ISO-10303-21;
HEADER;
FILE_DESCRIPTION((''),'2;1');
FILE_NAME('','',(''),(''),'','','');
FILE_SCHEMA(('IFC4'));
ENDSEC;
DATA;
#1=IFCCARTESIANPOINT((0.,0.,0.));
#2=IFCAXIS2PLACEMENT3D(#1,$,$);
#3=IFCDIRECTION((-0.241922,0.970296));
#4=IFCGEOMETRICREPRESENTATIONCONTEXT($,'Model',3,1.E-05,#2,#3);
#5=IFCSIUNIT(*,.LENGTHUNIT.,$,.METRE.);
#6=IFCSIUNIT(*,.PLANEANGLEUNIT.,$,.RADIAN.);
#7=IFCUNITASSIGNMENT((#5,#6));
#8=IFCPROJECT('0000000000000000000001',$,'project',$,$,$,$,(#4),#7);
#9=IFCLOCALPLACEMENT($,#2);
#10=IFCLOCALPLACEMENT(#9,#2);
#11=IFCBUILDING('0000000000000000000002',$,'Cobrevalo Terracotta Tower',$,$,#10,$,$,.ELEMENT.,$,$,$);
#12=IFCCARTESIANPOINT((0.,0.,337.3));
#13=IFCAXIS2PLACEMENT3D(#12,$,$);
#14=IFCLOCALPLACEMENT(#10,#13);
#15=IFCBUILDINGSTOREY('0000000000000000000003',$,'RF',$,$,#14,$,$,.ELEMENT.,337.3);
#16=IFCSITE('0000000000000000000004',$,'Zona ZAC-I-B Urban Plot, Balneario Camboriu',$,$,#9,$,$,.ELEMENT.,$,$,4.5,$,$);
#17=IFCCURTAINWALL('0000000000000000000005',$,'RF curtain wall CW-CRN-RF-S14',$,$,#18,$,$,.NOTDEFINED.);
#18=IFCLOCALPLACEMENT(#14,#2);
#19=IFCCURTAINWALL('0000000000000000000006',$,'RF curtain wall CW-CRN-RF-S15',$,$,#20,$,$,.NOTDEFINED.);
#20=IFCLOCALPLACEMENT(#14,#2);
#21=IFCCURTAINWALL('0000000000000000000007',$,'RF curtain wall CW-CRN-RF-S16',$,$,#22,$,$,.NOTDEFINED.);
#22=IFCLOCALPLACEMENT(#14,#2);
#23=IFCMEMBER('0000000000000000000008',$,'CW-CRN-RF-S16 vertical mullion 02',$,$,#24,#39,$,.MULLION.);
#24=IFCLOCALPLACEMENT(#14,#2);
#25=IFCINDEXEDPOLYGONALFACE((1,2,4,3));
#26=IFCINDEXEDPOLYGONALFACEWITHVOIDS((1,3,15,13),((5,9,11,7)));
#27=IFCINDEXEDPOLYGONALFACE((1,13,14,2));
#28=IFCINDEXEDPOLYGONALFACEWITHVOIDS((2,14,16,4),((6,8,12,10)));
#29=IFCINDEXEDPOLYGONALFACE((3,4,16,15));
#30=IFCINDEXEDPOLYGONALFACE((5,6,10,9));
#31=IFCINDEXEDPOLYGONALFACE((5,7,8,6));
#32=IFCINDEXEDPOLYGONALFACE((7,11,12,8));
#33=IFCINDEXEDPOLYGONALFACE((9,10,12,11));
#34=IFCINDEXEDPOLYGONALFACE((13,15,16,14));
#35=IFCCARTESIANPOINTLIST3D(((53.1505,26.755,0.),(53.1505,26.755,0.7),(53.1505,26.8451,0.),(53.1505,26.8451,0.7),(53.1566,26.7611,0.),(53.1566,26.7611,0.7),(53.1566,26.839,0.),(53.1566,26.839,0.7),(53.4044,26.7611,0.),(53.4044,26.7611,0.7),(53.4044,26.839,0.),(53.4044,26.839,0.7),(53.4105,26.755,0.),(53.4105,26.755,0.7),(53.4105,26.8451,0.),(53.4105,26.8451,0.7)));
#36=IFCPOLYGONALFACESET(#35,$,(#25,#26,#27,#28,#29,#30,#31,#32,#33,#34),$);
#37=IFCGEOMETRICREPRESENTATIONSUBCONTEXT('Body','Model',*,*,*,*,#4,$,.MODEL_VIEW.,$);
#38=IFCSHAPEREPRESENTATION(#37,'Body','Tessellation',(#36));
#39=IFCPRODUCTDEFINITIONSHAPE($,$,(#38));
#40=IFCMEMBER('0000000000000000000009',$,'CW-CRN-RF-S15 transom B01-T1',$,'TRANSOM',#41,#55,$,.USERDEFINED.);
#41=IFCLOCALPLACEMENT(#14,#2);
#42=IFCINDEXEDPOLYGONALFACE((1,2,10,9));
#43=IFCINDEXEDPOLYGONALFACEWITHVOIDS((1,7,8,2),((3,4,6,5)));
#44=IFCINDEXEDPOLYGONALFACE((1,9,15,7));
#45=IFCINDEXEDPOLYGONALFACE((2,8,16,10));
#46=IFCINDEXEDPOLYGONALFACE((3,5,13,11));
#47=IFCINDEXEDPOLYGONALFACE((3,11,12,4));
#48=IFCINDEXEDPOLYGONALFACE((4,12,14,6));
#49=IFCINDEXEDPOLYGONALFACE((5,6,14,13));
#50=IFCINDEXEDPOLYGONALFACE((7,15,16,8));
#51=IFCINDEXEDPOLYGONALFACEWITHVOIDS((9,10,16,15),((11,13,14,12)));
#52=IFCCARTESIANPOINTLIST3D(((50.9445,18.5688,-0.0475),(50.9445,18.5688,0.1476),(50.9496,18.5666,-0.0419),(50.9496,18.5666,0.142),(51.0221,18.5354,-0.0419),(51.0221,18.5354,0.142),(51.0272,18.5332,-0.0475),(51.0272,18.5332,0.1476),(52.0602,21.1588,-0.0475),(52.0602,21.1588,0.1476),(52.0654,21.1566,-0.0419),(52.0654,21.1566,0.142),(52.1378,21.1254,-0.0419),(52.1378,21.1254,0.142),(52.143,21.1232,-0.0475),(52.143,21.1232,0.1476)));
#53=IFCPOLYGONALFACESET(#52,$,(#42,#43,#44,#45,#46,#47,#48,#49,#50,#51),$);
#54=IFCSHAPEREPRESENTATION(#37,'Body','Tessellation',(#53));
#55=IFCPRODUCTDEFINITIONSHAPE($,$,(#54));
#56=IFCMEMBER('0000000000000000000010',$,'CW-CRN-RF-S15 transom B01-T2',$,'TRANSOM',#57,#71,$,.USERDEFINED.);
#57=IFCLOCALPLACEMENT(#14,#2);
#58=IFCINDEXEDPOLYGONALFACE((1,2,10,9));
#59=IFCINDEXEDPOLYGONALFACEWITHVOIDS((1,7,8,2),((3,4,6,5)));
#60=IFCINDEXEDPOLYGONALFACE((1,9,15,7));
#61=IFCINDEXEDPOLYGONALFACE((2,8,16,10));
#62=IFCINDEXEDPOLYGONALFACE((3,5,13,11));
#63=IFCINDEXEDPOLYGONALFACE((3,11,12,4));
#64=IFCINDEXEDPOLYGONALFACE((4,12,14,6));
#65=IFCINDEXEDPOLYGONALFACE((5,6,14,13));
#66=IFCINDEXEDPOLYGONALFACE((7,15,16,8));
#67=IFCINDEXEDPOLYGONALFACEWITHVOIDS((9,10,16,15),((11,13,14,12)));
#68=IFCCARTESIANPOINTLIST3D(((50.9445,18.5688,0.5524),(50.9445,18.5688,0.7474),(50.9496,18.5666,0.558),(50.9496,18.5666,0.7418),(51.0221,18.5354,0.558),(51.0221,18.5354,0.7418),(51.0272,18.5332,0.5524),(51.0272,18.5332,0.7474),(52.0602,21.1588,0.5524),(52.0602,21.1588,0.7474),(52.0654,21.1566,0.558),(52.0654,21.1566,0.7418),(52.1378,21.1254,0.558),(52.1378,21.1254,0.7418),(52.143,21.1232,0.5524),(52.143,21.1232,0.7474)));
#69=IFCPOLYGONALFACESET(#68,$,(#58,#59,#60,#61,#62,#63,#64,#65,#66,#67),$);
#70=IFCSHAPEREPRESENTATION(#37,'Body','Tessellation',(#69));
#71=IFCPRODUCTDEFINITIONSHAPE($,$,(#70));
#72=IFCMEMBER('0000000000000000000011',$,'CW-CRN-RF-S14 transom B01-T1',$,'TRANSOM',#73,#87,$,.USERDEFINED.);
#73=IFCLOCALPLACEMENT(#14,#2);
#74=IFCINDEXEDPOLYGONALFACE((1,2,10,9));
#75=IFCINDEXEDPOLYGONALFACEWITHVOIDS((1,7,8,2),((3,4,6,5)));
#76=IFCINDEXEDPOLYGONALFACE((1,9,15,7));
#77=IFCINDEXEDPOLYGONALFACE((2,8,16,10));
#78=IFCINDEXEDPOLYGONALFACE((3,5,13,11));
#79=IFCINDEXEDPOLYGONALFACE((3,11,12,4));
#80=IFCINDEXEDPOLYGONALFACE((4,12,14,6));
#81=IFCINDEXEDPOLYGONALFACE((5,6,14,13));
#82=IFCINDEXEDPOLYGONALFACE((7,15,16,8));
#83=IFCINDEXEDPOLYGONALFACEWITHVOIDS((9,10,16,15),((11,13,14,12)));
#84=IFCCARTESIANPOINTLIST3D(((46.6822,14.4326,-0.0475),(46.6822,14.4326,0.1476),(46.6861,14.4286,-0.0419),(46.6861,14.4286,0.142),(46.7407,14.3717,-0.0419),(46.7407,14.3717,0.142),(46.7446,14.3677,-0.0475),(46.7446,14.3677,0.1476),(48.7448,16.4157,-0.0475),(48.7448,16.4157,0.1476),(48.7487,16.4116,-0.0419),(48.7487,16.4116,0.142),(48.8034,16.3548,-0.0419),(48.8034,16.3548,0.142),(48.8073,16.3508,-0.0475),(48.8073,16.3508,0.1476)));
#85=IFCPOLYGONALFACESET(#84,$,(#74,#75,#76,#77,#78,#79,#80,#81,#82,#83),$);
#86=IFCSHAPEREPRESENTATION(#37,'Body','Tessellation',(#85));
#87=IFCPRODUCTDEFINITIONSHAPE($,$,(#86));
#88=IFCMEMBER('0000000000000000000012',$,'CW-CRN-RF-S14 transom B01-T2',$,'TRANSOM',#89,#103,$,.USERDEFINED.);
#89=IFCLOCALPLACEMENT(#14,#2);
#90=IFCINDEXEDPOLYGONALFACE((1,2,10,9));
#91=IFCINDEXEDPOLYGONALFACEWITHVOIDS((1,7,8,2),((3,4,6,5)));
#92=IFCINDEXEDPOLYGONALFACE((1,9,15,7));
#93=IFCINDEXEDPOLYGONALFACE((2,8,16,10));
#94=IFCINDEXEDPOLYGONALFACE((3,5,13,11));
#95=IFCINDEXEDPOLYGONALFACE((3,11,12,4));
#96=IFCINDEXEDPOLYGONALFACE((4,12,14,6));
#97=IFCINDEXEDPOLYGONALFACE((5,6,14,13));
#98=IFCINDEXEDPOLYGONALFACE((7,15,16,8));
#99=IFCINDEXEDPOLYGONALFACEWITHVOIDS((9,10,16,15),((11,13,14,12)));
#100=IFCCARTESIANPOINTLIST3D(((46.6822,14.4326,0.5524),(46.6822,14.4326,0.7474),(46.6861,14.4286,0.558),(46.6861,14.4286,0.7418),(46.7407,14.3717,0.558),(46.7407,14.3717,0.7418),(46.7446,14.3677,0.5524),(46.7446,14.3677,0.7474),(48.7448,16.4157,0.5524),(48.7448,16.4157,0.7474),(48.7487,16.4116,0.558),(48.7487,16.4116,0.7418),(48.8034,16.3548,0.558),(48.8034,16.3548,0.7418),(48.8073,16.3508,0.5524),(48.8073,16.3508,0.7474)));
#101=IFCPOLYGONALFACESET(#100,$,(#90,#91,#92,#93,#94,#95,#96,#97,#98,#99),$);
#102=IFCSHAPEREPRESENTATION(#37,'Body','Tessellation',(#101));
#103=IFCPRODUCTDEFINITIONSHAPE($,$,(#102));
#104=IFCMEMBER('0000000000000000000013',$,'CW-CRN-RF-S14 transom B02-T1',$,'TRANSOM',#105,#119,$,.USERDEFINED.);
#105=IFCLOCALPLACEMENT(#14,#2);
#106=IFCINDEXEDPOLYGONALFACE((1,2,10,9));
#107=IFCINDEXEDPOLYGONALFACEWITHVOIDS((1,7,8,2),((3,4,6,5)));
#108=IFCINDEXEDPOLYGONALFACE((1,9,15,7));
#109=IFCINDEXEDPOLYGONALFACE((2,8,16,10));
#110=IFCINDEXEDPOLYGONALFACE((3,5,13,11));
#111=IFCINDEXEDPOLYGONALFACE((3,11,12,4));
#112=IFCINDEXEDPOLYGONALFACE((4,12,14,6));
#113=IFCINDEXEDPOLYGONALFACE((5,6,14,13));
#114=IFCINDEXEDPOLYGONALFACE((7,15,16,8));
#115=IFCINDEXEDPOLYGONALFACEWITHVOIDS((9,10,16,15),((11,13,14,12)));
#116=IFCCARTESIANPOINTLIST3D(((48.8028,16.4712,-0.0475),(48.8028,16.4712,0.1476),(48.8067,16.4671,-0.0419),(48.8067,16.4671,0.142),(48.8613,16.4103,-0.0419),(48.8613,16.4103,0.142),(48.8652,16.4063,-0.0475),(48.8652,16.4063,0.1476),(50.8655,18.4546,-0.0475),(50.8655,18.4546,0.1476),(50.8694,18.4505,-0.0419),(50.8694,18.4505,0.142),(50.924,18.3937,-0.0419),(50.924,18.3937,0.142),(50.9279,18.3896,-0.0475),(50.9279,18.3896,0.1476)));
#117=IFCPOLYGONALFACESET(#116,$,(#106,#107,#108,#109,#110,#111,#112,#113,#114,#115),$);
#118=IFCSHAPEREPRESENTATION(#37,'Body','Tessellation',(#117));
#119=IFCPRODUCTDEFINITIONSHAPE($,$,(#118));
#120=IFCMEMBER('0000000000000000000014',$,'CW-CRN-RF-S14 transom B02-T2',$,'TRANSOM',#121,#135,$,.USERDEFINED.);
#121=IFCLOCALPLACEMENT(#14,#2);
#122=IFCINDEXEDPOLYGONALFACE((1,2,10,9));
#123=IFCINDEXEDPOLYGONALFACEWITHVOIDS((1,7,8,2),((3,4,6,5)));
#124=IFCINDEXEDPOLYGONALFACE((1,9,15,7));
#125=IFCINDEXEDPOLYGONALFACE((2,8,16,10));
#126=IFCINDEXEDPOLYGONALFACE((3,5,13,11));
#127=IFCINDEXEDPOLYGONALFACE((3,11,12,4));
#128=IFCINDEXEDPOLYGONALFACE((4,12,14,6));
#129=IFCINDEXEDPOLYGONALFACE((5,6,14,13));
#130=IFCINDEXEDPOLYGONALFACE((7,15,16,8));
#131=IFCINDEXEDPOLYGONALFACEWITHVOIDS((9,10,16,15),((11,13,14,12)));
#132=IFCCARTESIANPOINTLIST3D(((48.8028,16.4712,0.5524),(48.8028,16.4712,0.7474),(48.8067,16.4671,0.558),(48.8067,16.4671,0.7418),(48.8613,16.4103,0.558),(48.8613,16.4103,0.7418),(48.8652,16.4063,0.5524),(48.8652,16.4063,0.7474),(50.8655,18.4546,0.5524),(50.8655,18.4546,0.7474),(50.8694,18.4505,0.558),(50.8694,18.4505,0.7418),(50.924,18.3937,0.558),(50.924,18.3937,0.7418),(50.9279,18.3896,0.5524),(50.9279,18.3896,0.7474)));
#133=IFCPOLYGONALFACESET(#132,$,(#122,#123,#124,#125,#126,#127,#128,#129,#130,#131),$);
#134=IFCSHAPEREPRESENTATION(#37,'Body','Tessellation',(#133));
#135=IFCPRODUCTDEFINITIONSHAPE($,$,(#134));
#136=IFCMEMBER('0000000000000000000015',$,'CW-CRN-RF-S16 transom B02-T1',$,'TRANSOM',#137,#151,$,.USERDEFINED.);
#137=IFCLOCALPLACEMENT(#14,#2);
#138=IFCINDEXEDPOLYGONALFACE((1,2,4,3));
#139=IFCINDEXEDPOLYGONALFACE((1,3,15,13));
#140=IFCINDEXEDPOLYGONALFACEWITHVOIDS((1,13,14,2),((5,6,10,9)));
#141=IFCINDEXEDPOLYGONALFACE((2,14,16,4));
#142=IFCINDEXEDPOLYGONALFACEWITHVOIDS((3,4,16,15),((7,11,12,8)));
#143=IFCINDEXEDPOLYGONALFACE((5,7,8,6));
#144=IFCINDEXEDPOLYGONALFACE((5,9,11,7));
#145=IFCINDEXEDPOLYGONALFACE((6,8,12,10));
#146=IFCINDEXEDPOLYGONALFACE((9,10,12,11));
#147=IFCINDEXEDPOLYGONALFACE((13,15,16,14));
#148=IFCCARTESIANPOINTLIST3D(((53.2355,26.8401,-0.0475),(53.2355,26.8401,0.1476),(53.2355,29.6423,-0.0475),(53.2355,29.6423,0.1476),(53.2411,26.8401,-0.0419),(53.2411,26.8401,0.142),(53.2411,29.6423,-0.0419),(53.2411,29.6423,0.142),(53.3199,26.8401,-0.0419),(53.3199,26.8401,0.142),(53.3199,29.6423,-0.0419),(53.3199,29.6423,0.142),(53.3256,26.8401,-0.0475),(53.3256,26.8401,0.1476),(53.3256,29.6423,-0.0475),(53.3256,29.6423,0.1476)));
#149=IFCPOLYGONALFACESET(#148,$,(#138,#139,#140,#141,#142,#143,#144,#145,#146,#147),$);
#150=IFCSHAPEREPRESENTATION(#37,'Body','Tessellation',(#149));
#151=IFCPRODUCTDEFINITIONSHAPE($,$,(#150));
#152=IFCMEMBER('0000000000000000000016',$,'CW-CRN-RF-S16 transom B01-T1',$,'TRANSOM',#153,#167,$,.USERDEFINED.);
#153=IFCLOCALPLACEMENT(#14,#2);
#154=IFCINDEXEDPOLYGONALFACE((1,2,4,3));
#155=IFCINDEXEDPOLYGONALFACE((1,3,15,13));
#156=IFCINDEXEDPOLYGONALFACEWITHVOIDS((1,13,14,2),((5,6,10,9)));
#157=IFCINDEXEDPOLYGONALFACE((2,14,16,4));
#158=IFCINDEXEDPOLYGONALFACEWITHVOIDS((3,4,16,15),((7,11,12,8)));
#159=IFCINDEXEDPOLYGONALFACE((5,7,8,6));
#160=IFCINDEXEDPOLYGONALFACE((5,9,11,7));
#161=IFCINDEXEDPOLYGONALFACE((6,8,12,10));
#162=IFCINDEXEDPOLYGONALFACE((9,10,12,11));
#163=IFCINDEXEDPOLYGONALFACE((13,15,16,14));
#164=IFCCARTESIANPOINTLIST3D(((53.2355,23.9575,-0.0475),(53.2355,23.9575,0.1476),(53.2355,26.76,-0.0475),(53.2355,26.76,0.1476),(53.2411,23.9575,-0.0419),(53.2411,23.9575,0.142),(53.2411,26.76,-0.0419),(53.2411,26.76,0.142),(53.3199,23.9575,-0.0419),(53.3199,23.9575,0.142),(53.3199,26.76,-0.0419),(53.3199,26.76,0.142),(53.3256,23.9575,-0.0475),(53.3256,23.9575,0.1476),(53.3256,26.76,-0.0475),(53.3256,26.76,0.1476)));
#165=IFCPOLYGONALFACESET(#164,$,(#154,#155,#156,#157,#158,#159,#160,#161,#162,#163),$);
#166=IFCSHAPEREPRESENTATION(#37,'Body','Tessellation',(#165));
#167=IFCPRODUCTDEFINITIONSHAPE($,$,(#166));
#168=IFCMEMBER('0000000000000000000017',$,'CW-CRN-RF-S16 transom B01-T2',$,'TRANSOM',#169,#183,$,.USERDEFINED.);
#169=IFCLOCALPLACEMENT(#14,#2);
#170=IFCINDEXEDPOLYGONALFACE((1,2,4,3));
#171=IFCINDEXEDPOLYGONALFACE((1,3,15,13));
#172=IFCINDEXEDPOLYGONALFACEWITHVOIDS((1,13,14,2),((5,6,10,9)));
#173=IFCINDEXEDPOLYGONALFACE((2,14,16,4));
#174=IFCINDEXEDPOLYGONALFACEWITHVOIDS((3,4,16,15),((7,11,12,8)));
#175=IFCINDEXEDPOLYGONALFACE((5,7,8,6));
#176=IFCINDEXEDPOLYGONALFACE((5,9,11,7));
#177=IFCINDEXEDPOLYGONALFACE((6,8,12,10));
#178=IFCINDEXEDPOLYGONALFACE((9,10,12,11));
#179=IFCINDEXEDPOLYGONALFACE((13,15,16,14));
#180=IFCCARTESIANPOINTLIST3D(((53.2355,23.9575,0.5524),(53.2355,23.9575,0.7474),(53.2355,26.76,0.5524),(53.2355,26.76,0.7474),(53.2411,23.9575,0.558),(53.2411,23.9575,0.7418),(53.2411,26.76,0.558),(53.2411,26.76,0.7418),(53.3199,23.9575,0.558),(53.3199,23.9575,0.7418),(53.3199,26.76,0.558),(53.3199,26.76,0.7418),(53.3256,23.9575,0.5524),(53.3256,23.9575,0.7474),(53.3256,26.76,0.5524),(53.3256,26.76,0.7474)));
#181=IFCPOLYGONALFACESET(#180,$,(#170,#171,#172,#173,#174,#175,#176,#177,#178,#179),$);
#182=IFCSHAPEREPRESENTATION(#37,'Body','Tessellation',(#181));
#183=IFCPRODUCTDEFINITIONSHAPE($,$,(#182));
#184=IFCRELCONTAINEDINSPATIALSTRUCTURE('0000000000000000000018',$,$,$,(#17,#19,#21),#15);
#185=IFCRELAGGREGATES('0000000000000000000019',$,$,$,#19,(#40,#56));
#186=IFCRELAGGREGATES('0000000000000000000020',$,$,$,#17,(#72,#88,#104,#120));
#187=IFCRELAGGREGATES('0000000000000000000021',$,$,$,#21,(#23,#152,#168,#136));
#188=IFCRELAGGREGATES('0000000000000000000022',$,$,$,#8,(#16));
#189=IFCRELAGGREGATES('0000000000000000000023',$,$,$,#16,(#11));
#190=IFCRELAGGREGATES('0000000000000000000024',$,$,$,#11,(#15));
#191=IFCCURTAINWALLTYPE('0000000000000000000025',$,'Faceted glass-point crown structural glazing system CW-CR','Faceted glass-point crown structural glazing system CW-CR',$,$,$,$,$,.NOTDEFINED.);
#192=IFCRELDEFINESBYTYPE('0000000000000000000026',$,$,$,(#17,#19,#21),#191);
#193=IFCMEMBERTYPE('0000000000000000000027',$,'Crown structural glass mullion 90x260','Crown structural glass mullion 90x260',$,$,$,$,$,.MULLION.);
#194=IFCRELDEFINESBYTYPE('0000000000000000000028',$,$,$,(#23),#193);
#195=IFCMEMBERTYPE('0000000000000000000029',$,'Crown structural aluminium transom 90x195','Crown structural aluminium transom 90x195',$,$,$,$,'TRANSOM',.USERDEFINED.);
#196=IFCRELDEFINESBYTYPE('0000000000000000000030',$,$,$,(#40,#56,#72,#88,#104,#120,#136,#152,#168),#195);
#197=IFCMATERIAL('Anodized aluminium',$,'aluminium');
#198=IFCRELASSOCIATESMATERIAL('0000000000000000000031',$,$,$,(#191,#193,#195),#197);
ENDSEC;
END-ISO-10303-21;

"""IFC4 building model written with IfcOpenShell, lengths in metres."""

from ifc_helpers import new_model, si_unit, direction, frame, origin, origin_2d, place, context, subcontext, project, spatial, hollow_rectangle, extrude, source, transform, mapped, material, material_profile, profile_set, type_object, element, aggregate, save


model = new_model("IFC4")

# Units and contexts
model_context = context("Model", 3, precision=1e-05, world=origin(), true_north=direction((-0.241922, 0.970296)))
body_context = subcontext(model_context, "Body", "Model", "MODEL_VIEW")
ifc_project = project(units=[si_unit("LENGTHUNIT", "METRE"), si_unit("PLANEANGLEUNIT", "RADIAN")], contexts=[model_context])

# Site, building, storey
site_placement = place(None, origin())
site = spatial("IfcSite", under=ifc_project, at=site_placement, Name="Zona ZAC-I-B Urban Plot, Balneario Camboriu", CompositionType="ELEMENT", RefElevation=4.5)
building_placement = place(site_placement, origin())
building = spatial("IfcBuilding", under=site, at=building_placement, Name="Cobrevalo Terracotta Tower", CompositionType="ELEMENT")
storey_placement = place(building_placement, frame((0.0, 0.0, 337.3)))
storey = spatial("IfcBuildingStorey", under=building, at=storey_placement, Name="RF", CompositionType="ELEMENT", Elevation=337.3)

# Curtain walls, member
ifc_material_1 = material(Name="Anodized aluminium", Category="aluminium")
curtain_wall_type = type_object("IfcCurtainWallType", Name="Faceted glass-point crown structural glazing system CW-CR", Description="Faceted glass-point crown structural glazing system CW-CR", PredefinedType="NOTDEFINED", material=ifc_material_1)
curtain_wall_1_placement = place(storey_placement, origin())
curtain_wall_1 = element("IfcCurtainWall", 1, at=curtain_wall_1_placement, inside=storey, type_object=curtain_wall_type, Name="RF curtain wall CW-CRN-RF-S14", PredefinedType="NOTDEFINED")
ifc_material_profile_1 = material_profile(ifc_material_1, hollow_rectangle(XDim=0.0901, YDim=0.26, WallThickness=0.0061, at=origin_2d()), Name="CWM 90x260")
ifc_profile_set_1 = profile_set([ifc_material_profile_1], Name="Anodized aluminium")
member_type_1 = type_object("IfcMemberType", Name="Crown structural glass mullion 90x260", Description="Crown structural glass mullion 90x260", PredefinedType="MULLION", material=ifc_profile_set_1)
shared_shape_1 = source(origin(), body_context, "Body", "SweptSolid", [
    extrude(hollow_rectangle(XDim=0.0901, YDim=0.26, WallThickness=0.0061, at=origin_2d()), origin(), (0.0, 0.0, 1.0), 0.7),
])
curtain_wall_2_placement = place(storey_placement, origin())
curtain_wall_2 = element("IfcCurtainWall", 2, at=curtain_wall_2_placement, inside=storey, type_object=curtain_wall_type, Name="RF curtain wall CW-CRN-RF-S15", PredefinedType="NOTDEFINED")
curtain_wall_3_placement = place(storey_placement, origin())
curtain_wall_3 = element("IfcCurtainWall", 3, at=curtain_wall_3_placement, inside=storey, type_object=curtain_wall_type, Name="RF curtain wall CW-CRN-RF-S16", PredefinedType="NOTDEFINED")
member_1_placement = place(storey_placement, frame((53.2805, 26.8, 0.0), z_axis=(0.0, 0.0, 1.0), x_axis=(0.0, 1.0, 0.0)))
member_1 = element("IfcMember", 4, at=member_1_placement, type_object=member_type_1, Name="CW-CRN-RF-S16 vertical mullion 02", PredefinedType="MULLION", context=body_context, shape_type="MappedRepresentation", body=[
    mapped(shared_shape_1, transform((0.0, 0.0, 0.0), scale=1.0)),
])

# Members
ifc_material_profile_2 = material_profile(ifc_material_1, hollow_rectangle(XDim=0.0901, YDim=0.1951, WallThickness=0.0056, at=origin_2d()), Name="CWT 90x195")
ifc_profile_set_2 = profile_set([ifc_material_profile_2], Name="Anodized aluminium")
member_type_2 = type_object("IfcMemberType", Name="Crown structural aluminium transom 90x195", Description="Crown structural aluminium transom 90x195", ElementType="TRANSOM", PredefinedType="USERDEFINED", material=ifc_profile_set_2)
shared_shape_2 = source(origin(), body_context, "Body", "SweptSolid", [
    extrude(hollow_rectangle(XDim=0.0901, YDim=0.1951, WallThickness=0.0056, at=origin_2d()), origin(), (0.0, 0.0, 1.0), 2.8201),
])
member_2_placement = place(storey_placement, frame((50.9858, 18.551, 0.05), z_axis=(0.395653, 0.9184, 0.0), x_axis=(-0.9184, 0.395653, 0.0)))
member_2 = element("IfcMember", 5, at=member_2_placement, type_object=member_type_2, Name="CW-CRN-RF-S15 transom B01-T1", ObjectType="TRANSOM", PredefinedType="USERDEFINED", context=body_context, shape_type="MappedRepresentation", body=[
    mapped(shared_shape_2, transform((0.0, 0.0, 0.0), scale=1.0)),
])
member_3_placement = place(storey_placement, frame((50.9858, 18.551, 0.6499), z_axis=(0.395653, 0.9184, 0.0), x_axis=(-0.9184, 0.395653, 0.0)))
member_3 = element("IfcMember", 6, at=member_3_placement, type_object=member_type_2, Name="CW-CRN-RF-S15 transom B01-T2", ObjectType="TRANSOM", PredefinedType="USERDEFINED", context=body_context, shape_type="MappedRepresentation", body=[
    mapped(shared_shape_2, transform((0.0, 0.0, 0.0), scale=1.0)),
])
shared_shape_3 = source(origin(), body_context, "Body", "SweptSolid", [
    extrude(hollow_rectangle(XDim=0.0901, YDim=0.1951, WallThickness=0.0056, at=origin_2d()), origin(), (0.0, 0.0, 1.0), 2.8613),
])
member_4_placement = place(storey_placement, frame((46.7134, 14.4001, 0.05), z_axis=(0.720877, 0.693063, 0.0), x_axis=(-0.693063, 0.720877, 0.0)))
member_4 = element("IfcMember", 7, at=member_4_placement, type_object=member_type_2, Name="CW-CRN-RF-S14 transom B01-T1", ObjectType="TRANSOM", PredefinedType="USERDEFINED", context=body_context, shape_type="MappedRepresentation", body=[
    mapped(shared_shape_3, transform((0.0, 0.0, 0.0), scale=1.0)),
])
member_5_placement = place(storey_placement, frame((46.7134, 14.4001, 0.6499), z_axis=(0.720877, 0.693063, 0.0), x_axis=(-0.693063, 0.720877, 0.0)))
member_5 = element("IfcMember", 8, at=member_5_placement, type_object=member_type_2, Name="CW-CRN-RF-S14 transom B01-T2", ObjectType="TRANSOM", PredefinedType="USERDEFINED", context=body_context, shape_type="MappedRepresentation", body=[
    mapped(shared_shape_3, transform((0.0, 0.0, 0.0), scale=1.0)),
])
shared_shape_4 = source(origin(), body_context, "Body", "SweptSolid", [
    extrude(hollow_rectangle(XDim=0.0901, YDim=0.1951, WallThickness=0.0056, at=origin_2d()), origin(), (0.0, 0.0, 1.0), 2.8616),
])
member_6_placement = place(storey_placement, frame((48.834, 16.4387, 0.05), z_axis=(0.720835, 0.693107, 0.0), x_axis=(-0.693107, 0.720835, 0.0)))
member_6 = element("IfcMember", 9, at=member_6_placement, type_object=member_type_2, Name="CW-CRN-RF-S14 transom B02-T1", ObjectType="TRANSOM", PredefinedType="USERDEFINED", context=body_context, shape_type="MappedRepresentation", body=[
    mapped(shared_shape_4, transform((0.0, 0.0, 0.0), scale=1.0)),
])
member_7_placement = place(storey_placement, frame((48.834, 16.4387, 0.6499), z_axis=(0.720835, 0.693107, 0.0), x_axis=(-0.693107, 0.720835, 0.0)))
member_7 = element("IfcMember", 10, at=member_7_placement, type_object=member_type_2, Name="CW-CRN-RF-S14 transom B02-T2", ObjectType="TRANSOM", PredefinedType="USERDEFINED", context=body_context, shape_type="MappedRepresentation", body=[
    mapped(shared_shape_4, transform((0.0, 0.0, 0.0), scale=1.0)),
])
shared_shape_5 = source(origin(), body_context, "Body", "SweptSolid", [
    extrude(hollow_rectangle(XDim=0.0901, YDim=0.1951, WallThickness=0.0056, at=origin_2d()), origin(), (0.0, 0.0, 1.0), 2.8022),
])
member_8_placement = place(storey_placement, frame((53.2805, 26.8401, 0.05), z_axis=(0.0, 1.0, 0.0), x_axis=(-1.0, 0.0, 0.0)))
member_8 = element("IfcMember", 11, at=member_8_placement, type_object=member_type_2, Name="CW-CRN-RF-S16 transom B02-T1", ObjectType="TRANSOM", PredefinedType="USERDEFINED", context=body_context, shape_type="MappedRepresentation", body=[
    mapped(shared_shape_5, transform((0.0, 0.0, 0.0), scale=1.0)),
])
shared_shape_6 = source(origin(), body_context, "Body", "SweptSolid", [
    extrude(hollow_rectangle(XDim=0.0901, YDim=0.1951, WallThickness=0.0056, at=origin_2d()), origin(), (0.0, 0.0, 1.0), 2.8025),
])
member_9_placement = place(storey_placement, frame((53.2805, 23.9575, 0.05), z_axis=(0.0, 1.0, 0.0), x_axis=(-1.0, 0.0, 0.0)))
member_9 = element("IfcMember", 12, at=member_9_placement, type_object=member_type_2, Name="CW-CRN-RF-S16 transom B01-T1", ObjectType="TRANSOM", PredefinedType="USERDEFINED", context=body_context, shape_type="MappedRepresentation", body=[
    mapped(shared_shape_6, transform((0.0, 0.0, 0.0), scale=1.0)),
])
member_10_placement = place(storey_placement, frame((53.2805, 23.9575, 0.6499), z_axis=(0.0, 1.0, 0.0), x_axis=(-1.0, 0.0, 0.0)))
member_10 = element("IfcMember", 13, at=member_10_placement, type_object=member_type_2, Name="CW-CRN-RF-S16 transom B01-T2", ObjectType="TRANSOM", PredefinedType="USERDEFINED", context=body_context, shape_type="MappedRepresentation", body=[
    mapped(shared_shape_6, transform((0.0, 0.0, 0.0), scale=1.0)),
])

aggregate(curtain_wall_2, [member_2, member_3])
aggregate(curtain_wall_1, [member_4, member_5, member_6, member_7])
aggregate(curtain_wall_3, [member_1, member_9, member_10, member_8])

save(model, "model.ifc")
